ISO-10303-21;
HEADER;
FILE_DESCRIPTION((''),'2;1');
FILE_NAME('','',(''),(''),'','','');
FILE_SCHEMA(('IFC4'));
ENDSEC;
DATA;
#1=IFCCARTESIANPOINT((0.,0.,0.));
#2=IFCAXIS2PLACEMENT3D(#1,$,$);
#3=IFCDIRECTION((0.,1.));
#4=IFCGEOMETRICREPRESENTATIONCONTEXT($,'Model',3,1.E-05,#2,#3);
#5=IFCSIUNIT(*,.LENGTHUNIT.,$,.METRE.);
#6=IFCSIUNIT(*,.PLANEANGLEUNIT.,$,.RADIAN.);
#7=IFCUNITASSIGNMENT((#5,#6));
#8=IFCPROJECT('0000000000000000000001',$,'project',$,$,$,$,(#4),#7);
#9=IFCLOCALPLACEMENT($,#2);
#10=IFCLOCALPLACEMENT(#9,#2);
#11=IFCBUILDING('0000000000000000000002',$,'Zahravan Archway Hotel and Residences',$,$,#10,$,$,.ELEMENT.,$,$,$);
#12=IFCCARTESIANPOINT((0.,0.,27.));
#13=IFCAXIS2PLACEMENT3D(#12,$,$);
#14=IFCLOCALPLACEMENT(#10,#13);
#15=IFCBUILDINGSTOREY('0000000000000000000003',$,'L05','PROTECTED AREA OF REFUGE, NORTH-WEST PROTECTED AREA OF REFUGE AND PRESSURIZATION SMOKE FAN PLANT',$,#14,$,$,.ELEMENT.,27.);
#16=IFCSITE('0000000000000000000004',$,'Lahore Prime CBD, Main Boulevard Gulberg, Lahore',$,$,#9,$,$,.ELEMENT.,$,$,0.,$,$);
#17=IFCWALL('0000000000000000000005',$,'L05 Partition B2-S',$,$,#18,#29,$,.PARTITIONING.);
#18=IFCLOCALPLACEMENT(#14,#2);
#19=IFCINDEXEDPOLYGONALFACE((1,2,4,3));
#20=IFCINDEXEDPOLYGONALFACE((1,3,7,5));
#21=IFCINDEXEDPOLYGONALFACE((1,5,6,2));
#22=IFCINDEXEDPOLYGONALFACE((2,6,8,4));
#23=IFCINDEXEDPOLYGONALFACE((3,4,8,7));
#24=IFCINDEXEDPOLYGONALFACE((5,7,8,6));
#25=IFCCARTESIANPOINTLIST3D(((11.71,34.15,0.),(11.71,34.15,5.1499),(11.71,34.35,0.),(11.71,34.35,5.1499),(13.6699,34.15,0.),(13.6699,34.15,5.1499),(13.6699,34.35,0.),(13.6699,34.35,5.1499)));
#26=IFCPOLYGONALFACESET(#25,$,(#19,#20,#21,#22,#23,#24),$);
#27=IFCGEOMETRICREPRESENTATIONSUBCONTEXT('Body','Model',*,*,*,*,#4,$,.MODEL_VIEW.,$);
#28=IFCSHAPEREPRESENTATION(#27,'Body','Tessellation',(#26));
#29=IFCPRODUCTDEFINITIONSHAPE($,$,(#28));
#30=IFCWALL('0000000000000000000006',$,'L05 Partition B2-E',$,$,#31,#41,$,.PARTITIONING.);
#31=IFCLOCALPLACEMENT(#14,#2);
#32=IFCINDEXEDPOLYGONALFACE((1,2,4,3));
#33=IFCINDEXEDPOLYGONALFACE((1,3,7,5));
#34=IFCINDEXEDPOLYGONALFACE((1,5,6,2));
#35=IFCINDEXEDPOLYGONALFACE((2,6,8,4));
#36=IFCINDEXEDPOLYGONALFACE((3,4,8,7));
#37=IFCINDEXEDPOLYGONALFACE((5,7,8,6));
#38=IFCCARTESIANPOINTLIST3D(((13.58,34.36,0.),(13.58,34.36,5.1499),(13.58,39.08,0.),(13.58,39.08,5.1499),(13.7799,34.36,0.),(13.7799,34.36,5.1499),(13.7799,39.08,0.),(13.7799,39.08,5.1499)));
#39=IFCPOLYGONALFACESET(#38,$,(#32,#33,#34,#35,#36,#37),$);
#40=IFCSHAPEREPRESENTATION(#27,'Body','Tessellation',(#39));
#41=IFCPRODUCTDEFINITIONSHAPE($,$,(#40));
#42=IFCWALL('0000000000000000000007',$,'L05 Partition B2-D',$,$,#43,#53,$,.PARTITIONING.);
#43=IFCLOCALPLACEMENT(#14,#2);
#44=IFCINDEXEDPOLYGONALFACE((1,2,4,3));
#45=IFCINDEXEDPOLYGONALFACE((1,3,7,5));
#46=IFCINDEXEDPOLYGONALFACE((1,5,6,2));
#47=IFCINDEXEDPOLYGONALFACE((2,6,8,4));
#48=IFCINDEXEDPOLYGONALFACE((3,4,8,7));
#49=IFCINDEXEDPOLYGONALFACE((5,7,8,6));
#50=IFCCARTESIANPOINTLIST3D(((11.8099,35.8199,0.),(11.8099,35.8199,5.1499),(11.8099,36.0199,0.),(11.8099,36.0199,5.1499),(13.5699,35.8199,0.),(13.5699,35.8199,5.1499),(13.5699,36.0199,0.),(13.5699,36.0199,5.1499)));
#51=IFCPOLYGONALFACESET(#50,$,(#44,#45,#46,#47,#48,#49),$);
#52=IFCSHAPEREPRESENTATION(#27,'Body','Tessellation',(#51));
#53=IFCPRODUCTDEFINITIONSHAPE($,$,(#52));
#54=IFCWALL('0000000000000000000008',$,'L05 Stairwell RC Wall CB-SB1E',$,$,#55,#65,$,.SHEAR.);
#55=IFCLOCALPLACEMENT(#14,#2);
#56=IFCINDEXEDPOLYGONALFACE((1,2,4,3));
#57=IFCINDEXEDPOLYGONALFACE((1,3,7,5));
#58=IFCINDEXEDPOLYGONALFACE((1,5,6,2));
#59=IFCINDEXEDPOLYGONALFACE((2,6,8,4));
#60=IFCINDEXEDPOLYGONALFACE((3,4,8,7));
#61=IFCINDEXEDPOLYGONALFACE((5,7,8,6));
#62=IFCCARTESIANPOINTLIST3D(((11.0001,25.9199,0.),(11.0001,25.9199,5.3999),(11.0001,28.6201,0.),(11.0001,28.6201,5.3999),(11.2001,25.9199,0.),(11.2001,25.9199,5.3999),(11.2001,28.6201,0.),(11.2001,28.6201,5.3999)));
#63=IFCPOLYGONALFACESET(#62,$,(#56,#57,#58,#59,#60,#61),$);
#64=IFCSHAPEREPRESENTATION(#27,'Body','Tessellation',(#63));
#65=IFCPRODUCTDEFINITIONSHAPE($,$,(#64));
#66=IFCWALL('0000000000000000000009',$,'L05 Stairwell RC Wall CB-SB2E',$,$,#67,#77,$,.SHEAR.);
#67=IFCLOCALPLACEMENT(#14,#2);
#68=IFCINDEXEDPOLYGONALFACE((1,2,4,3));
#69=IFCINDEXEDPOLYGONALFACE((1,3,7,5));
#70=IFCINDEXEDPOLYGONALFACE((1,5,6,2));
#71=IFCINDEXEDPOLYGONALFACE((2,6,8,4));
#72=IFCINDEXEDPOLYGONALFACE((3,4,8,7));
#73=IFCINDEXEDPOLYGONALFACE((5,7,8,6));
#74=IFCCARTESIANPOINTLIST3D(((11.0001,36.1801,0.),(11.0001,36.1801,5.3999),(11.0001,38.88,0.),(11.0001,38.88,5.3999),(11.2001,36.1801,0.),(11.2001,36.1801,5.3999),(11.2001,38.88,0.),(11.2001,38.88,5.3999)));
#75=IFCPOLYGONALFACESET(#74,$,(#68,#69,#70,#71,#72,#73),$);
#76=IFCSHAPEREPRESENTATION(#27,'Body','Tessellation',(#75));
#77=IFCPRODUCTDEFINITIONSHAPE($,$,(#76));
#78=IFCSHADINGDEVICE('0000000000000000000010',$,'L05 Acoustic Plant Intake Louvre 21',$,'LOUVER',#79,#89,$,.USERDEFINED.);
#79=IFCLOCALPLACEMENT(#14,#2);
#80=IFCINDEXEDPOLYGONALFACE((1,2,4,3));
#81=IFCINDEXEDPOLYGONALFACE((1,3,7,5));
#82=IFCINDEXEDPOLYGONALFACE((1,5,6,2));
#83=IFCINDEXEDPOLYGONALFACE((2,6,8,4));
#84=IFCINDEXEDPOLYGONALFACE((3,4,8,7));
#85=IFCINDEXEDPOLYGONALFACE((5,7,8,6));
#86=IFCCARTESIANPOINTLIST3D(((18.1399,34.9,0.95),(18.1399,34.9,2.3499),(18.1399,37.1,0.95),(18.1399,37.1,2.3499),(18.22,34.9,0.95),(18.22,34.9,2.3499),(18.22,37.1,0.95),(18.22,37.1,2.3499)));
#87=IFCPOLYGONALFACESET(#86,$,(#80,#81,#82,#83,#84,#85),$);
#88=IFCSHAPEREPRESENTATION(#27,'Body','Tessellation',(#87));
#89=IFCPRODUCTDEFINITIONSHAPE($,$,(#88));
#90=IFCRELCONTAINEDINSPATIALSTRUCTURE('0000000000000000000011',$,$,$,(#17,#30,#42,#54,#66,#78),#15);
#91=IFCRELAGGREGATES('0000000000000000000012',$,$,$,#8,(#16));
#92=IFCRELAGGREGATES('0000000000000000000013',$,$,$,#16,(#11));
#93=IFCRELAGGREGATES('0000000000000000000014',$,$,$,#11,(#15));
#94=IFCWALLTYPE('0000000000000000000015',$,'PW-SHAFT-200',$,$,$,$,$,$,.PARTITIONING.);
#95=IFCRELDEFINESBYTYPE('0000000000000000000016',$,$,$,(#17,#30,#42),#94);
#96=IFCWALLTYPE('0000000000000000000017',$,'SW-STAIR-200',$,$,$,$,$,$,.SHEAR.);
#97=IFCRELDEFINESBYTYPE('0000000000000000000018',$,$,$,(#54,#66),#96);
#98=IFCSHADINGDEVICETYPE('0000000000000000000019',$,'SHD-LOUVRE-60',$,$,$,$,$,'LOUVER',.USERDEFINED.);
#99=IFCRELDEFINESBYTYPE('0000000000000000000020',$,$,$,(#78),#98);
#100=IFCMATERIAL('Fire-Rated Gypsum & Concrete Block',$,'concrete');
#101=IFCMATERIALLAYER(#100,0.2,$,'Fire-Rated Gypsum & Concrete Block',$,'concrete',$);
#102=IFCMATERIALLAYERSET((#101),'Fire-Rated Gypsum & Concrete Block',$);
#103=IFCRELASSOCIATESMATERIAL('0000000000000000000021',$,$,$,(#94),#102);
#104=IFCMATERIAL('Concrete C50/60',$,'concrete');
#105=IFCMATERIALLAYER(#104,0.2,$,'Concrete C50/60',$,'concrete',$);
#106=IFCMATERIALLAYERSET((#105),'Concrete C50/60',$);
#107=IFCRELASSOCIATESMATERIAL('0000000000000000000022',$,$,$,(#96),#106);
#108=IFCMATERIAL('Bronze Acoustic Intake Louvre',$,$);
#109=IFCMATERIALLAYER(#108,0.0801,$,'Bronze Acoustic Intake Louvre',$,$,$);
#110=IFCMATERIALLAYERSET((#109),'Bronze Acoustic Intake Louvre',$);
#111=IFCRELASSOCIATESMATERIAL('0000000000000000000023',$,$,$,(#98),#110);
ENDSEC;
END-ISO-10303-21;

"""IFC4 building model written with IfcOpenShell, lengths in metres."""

from ifc_helpers import new_model, si_unit, direction, frame, frame_2d, origin, origin_2d, place, context, subcontext, project, spatial, rectangle, extrude, source, transform, mapped, material, layer, layer_set, type_object, type_shapes, element, save


model = new_model("IFC4")

# Units and contexts
model_context = context("Model", 3, precision=1e-05, world=origin(), true_north=direction((0.0, 1.0)))
body_context = subcontext(model_context, "Body", "Model", "MODEL_VIEW")
ifc_project = project(units=[si_unit("LENGTHUNIT", "METRE"), si_unit("PLANEANGLEUNIT", "RADIAN")], contexts=[model_context])

# Site, building, storey
site_placement = place(None, origin())
site = spatial("IfcSite", under=ifc_project, at=site_placement, Name="Lahore Prime CBD, Main Boulevard Gulberg, Lahore", CompositionType="ELEMENT", RefElevation=0.0)
building_placement = place(site_placement, origin())
building = spatial("IfcBuilding", under=site, at=building_placement, Name="Zahravan Archway Hotel and Residences", CompositionType="ELEMENT")
storey_placement = place(building_placement, frame((0.0, 0.0, 27.0)))
storey = spatial("IfcBuildingStorey", under=building, at=storey_placement, Name="L05", Description="PROTECTED AREA OF REFUGE, NORTH-WEST PROTECTED AREA OF REFUGE AND PRESSURIZATION SMOKE FAN PLANT", CompositionType="ELEMENT", Elevation=27.0)

# Walls
ifc_material_1 = material(Name="Fire-Rated Gypsum & Concrete Block", Category="concrete")
ifc_layer_1 = layer(ifc_material_1, 0.2, Name="Fire-Rated Gypsum & Concrete Block", Category="concrete")
ifc_layer_set_1 = layer_set([ifc_layer_1], Name="Fire-Rated Gypsum & Concrete Block")
wall_type_1 = type_object("IfcWallType", Name="PW-SHAFT-200", PredefinedType="PARTITIONING", material=ifc_layer_set_1)
wall_1_placement = place(storey_placement, frame((11.71, 34.25, 0.0), z_axis=(0.0, 0.0, 1.0), x_axis=(1.0, 0.0, 0.0)))
element("IfcWall", 1, at=wall_1_placement, inside=storey, type_object=wall_type_1, Name="L05 Partition B2-S", PredefinedType="PARTITIONING", context=body_context, shape_type="SweptSolid", body=[
    extrude(rectangle(XDim=1.96, YDim=0.2, at=frame_2d((0.98, 0.0))), origin(), (0.0, 0.0, 1.0), 5.1499),
])
wall_2_placement = place(storey_placement, frame((13.6799, 34.3601, 0.0), z_axis=(0.0, 0.0, 1.0), x_axis=(0.0, 1.0, 0.0)))
element("IfcWall", 2, at=wall_2_placement, inside=storey, type_object=wall_type_1, Name="L05 Partition B2-E", PredefinedType="PARTITIONING", context=body_context, shape_type="SweptSolid", body=[
    extrude(rectangle(XDim=4.72, YDim=0.2, at=frame_2d((2.3599, 0.0))), origin(), (0.0, 0.0, 1.0), 5.1499),
])
wall_3_placement = place(storey_placement, frame((11.8101, 35.9199, 0.0), z_axis=(0.0, 0.0, 1.0), x_axis=(1.0, 0.0, 0.0)))
element("IfcWall", 3, at=wall_3_placement, inside=storey, type_object=wall_type_1, Name="L05 Partition B2-D", PredefinedType="PARTITIONING", context=body_context, shape_type="SweptSolid", body=[
    extrude(rectangle(XDim=1.76, YDim=0.2, at=frame_2d((0.8799, 0.0))), origin(), (0.0, 0.0, 1.0), 5.1499),
])
ifc_material_2 = material(Name="Concrete C50/60", Category="concrete")
ifc_layer_2 = layer(ifc_material_2, 0.2, Name="Concrete C50/60", Category="concrete")
ifc_layer_set_2 = layer_set([ifc_layer_2], Name="Concrete C50/60")
wall_type_2 = type_object("IfcWallType", Name="SW-STAIR-200", PredefinedType="SHEAR", material=ifc_layer_set_2)
wall_4_placement = place(storey_placement, frame((11.1001, 25.9199, 0.0), z_axis=(0.0, 0.0, 1.0), x_axis=(0.0, 1.0, 0.0)))
element("IfcWall", 4, at=wall_4_placement, inside=storey, type_object=wall_type_2, Name="L05 Stairwell RC Wall CB-SB1E", PredefinedType="SHEAR", context=body_context, shape_type="SweptSolid", body=[
    extrude(rectangle(XDim=2.7002, YDim=0.2, at=frame_2d((1.3501, 0.0))), origin(), (0.0, 0.0, 1.0), 5.3999),
])
wall_5_placement = place(storey_placement, frame((11.1001, 36.1799, 0.0), z_axis=(0.0, 0.0, 1.0), x_axis=(0.0, 1.0, 0.0)))
element("IfcWall", 5, at=wall_5_placement, inside=storey, type_object=wall_type_2, Name="L05 Stairwell RC Wall CB-SB2E", PredefinedType="SHEAR", context=body_context, shape_type="SweptSolid", body=[
    extrude(rectangle(XDim=2.7, YDim=0.2, at=frame_2d((1.3501, 0.0))), origin(), (0.0, 0.0, 1.0), 5.3999),
])

# Shading device
ifc_material_3 = material(Name="Bronze Acoustic Intake Louvre")
ifc_layer_3 = layer(ifc_material_3, 0.0801, Name="Bronze Acoustic Intake Louvre")
ifc_layer_set_3 = layer_set([ifc_layer_3], Name="Bronze Acoustic Intake Louvre")
shading_device_type = type_object("IfcShadingDeviceType", Name="SHD-LOUVRE-60", ElementType="LOUVER", PredefinedType="USERDEFINED", material=ifc_layer_set_3)
shared_shape_1 = source(origin(), body_context, "Body", "SweptSolid", [
    extrude(rectangle(XDim=2.2, YDim=0.0801, at=origin_2d()), origin(), (0.0, 0.0, 1.0), 1.3999),
])
type_shapes(shading_device_type, [shared_shape_1])
shading_device_placement = place(storey_placement, frame((18.1799, 36.0, 0.95), z_axis=(0.0, 0.0, 1.0), x_axis=(0.0, 1.0, 0.0)))
element("IfcShadingDevice", 6, at=shading_device_placement, inside=storey, type_object=shading_device_type, Name="L05 Acoustic Plant Intake Louvre 21", ObjectType="LOUVER", PredefinedType="USERDEFINED", context=body_context, shape_type="MappedRepresentation", body=[
    mapped(shared_shape_1, transform((0.0, 0.0, 0.0), scale=1.0)),
])

save(model, "model.ifc")
